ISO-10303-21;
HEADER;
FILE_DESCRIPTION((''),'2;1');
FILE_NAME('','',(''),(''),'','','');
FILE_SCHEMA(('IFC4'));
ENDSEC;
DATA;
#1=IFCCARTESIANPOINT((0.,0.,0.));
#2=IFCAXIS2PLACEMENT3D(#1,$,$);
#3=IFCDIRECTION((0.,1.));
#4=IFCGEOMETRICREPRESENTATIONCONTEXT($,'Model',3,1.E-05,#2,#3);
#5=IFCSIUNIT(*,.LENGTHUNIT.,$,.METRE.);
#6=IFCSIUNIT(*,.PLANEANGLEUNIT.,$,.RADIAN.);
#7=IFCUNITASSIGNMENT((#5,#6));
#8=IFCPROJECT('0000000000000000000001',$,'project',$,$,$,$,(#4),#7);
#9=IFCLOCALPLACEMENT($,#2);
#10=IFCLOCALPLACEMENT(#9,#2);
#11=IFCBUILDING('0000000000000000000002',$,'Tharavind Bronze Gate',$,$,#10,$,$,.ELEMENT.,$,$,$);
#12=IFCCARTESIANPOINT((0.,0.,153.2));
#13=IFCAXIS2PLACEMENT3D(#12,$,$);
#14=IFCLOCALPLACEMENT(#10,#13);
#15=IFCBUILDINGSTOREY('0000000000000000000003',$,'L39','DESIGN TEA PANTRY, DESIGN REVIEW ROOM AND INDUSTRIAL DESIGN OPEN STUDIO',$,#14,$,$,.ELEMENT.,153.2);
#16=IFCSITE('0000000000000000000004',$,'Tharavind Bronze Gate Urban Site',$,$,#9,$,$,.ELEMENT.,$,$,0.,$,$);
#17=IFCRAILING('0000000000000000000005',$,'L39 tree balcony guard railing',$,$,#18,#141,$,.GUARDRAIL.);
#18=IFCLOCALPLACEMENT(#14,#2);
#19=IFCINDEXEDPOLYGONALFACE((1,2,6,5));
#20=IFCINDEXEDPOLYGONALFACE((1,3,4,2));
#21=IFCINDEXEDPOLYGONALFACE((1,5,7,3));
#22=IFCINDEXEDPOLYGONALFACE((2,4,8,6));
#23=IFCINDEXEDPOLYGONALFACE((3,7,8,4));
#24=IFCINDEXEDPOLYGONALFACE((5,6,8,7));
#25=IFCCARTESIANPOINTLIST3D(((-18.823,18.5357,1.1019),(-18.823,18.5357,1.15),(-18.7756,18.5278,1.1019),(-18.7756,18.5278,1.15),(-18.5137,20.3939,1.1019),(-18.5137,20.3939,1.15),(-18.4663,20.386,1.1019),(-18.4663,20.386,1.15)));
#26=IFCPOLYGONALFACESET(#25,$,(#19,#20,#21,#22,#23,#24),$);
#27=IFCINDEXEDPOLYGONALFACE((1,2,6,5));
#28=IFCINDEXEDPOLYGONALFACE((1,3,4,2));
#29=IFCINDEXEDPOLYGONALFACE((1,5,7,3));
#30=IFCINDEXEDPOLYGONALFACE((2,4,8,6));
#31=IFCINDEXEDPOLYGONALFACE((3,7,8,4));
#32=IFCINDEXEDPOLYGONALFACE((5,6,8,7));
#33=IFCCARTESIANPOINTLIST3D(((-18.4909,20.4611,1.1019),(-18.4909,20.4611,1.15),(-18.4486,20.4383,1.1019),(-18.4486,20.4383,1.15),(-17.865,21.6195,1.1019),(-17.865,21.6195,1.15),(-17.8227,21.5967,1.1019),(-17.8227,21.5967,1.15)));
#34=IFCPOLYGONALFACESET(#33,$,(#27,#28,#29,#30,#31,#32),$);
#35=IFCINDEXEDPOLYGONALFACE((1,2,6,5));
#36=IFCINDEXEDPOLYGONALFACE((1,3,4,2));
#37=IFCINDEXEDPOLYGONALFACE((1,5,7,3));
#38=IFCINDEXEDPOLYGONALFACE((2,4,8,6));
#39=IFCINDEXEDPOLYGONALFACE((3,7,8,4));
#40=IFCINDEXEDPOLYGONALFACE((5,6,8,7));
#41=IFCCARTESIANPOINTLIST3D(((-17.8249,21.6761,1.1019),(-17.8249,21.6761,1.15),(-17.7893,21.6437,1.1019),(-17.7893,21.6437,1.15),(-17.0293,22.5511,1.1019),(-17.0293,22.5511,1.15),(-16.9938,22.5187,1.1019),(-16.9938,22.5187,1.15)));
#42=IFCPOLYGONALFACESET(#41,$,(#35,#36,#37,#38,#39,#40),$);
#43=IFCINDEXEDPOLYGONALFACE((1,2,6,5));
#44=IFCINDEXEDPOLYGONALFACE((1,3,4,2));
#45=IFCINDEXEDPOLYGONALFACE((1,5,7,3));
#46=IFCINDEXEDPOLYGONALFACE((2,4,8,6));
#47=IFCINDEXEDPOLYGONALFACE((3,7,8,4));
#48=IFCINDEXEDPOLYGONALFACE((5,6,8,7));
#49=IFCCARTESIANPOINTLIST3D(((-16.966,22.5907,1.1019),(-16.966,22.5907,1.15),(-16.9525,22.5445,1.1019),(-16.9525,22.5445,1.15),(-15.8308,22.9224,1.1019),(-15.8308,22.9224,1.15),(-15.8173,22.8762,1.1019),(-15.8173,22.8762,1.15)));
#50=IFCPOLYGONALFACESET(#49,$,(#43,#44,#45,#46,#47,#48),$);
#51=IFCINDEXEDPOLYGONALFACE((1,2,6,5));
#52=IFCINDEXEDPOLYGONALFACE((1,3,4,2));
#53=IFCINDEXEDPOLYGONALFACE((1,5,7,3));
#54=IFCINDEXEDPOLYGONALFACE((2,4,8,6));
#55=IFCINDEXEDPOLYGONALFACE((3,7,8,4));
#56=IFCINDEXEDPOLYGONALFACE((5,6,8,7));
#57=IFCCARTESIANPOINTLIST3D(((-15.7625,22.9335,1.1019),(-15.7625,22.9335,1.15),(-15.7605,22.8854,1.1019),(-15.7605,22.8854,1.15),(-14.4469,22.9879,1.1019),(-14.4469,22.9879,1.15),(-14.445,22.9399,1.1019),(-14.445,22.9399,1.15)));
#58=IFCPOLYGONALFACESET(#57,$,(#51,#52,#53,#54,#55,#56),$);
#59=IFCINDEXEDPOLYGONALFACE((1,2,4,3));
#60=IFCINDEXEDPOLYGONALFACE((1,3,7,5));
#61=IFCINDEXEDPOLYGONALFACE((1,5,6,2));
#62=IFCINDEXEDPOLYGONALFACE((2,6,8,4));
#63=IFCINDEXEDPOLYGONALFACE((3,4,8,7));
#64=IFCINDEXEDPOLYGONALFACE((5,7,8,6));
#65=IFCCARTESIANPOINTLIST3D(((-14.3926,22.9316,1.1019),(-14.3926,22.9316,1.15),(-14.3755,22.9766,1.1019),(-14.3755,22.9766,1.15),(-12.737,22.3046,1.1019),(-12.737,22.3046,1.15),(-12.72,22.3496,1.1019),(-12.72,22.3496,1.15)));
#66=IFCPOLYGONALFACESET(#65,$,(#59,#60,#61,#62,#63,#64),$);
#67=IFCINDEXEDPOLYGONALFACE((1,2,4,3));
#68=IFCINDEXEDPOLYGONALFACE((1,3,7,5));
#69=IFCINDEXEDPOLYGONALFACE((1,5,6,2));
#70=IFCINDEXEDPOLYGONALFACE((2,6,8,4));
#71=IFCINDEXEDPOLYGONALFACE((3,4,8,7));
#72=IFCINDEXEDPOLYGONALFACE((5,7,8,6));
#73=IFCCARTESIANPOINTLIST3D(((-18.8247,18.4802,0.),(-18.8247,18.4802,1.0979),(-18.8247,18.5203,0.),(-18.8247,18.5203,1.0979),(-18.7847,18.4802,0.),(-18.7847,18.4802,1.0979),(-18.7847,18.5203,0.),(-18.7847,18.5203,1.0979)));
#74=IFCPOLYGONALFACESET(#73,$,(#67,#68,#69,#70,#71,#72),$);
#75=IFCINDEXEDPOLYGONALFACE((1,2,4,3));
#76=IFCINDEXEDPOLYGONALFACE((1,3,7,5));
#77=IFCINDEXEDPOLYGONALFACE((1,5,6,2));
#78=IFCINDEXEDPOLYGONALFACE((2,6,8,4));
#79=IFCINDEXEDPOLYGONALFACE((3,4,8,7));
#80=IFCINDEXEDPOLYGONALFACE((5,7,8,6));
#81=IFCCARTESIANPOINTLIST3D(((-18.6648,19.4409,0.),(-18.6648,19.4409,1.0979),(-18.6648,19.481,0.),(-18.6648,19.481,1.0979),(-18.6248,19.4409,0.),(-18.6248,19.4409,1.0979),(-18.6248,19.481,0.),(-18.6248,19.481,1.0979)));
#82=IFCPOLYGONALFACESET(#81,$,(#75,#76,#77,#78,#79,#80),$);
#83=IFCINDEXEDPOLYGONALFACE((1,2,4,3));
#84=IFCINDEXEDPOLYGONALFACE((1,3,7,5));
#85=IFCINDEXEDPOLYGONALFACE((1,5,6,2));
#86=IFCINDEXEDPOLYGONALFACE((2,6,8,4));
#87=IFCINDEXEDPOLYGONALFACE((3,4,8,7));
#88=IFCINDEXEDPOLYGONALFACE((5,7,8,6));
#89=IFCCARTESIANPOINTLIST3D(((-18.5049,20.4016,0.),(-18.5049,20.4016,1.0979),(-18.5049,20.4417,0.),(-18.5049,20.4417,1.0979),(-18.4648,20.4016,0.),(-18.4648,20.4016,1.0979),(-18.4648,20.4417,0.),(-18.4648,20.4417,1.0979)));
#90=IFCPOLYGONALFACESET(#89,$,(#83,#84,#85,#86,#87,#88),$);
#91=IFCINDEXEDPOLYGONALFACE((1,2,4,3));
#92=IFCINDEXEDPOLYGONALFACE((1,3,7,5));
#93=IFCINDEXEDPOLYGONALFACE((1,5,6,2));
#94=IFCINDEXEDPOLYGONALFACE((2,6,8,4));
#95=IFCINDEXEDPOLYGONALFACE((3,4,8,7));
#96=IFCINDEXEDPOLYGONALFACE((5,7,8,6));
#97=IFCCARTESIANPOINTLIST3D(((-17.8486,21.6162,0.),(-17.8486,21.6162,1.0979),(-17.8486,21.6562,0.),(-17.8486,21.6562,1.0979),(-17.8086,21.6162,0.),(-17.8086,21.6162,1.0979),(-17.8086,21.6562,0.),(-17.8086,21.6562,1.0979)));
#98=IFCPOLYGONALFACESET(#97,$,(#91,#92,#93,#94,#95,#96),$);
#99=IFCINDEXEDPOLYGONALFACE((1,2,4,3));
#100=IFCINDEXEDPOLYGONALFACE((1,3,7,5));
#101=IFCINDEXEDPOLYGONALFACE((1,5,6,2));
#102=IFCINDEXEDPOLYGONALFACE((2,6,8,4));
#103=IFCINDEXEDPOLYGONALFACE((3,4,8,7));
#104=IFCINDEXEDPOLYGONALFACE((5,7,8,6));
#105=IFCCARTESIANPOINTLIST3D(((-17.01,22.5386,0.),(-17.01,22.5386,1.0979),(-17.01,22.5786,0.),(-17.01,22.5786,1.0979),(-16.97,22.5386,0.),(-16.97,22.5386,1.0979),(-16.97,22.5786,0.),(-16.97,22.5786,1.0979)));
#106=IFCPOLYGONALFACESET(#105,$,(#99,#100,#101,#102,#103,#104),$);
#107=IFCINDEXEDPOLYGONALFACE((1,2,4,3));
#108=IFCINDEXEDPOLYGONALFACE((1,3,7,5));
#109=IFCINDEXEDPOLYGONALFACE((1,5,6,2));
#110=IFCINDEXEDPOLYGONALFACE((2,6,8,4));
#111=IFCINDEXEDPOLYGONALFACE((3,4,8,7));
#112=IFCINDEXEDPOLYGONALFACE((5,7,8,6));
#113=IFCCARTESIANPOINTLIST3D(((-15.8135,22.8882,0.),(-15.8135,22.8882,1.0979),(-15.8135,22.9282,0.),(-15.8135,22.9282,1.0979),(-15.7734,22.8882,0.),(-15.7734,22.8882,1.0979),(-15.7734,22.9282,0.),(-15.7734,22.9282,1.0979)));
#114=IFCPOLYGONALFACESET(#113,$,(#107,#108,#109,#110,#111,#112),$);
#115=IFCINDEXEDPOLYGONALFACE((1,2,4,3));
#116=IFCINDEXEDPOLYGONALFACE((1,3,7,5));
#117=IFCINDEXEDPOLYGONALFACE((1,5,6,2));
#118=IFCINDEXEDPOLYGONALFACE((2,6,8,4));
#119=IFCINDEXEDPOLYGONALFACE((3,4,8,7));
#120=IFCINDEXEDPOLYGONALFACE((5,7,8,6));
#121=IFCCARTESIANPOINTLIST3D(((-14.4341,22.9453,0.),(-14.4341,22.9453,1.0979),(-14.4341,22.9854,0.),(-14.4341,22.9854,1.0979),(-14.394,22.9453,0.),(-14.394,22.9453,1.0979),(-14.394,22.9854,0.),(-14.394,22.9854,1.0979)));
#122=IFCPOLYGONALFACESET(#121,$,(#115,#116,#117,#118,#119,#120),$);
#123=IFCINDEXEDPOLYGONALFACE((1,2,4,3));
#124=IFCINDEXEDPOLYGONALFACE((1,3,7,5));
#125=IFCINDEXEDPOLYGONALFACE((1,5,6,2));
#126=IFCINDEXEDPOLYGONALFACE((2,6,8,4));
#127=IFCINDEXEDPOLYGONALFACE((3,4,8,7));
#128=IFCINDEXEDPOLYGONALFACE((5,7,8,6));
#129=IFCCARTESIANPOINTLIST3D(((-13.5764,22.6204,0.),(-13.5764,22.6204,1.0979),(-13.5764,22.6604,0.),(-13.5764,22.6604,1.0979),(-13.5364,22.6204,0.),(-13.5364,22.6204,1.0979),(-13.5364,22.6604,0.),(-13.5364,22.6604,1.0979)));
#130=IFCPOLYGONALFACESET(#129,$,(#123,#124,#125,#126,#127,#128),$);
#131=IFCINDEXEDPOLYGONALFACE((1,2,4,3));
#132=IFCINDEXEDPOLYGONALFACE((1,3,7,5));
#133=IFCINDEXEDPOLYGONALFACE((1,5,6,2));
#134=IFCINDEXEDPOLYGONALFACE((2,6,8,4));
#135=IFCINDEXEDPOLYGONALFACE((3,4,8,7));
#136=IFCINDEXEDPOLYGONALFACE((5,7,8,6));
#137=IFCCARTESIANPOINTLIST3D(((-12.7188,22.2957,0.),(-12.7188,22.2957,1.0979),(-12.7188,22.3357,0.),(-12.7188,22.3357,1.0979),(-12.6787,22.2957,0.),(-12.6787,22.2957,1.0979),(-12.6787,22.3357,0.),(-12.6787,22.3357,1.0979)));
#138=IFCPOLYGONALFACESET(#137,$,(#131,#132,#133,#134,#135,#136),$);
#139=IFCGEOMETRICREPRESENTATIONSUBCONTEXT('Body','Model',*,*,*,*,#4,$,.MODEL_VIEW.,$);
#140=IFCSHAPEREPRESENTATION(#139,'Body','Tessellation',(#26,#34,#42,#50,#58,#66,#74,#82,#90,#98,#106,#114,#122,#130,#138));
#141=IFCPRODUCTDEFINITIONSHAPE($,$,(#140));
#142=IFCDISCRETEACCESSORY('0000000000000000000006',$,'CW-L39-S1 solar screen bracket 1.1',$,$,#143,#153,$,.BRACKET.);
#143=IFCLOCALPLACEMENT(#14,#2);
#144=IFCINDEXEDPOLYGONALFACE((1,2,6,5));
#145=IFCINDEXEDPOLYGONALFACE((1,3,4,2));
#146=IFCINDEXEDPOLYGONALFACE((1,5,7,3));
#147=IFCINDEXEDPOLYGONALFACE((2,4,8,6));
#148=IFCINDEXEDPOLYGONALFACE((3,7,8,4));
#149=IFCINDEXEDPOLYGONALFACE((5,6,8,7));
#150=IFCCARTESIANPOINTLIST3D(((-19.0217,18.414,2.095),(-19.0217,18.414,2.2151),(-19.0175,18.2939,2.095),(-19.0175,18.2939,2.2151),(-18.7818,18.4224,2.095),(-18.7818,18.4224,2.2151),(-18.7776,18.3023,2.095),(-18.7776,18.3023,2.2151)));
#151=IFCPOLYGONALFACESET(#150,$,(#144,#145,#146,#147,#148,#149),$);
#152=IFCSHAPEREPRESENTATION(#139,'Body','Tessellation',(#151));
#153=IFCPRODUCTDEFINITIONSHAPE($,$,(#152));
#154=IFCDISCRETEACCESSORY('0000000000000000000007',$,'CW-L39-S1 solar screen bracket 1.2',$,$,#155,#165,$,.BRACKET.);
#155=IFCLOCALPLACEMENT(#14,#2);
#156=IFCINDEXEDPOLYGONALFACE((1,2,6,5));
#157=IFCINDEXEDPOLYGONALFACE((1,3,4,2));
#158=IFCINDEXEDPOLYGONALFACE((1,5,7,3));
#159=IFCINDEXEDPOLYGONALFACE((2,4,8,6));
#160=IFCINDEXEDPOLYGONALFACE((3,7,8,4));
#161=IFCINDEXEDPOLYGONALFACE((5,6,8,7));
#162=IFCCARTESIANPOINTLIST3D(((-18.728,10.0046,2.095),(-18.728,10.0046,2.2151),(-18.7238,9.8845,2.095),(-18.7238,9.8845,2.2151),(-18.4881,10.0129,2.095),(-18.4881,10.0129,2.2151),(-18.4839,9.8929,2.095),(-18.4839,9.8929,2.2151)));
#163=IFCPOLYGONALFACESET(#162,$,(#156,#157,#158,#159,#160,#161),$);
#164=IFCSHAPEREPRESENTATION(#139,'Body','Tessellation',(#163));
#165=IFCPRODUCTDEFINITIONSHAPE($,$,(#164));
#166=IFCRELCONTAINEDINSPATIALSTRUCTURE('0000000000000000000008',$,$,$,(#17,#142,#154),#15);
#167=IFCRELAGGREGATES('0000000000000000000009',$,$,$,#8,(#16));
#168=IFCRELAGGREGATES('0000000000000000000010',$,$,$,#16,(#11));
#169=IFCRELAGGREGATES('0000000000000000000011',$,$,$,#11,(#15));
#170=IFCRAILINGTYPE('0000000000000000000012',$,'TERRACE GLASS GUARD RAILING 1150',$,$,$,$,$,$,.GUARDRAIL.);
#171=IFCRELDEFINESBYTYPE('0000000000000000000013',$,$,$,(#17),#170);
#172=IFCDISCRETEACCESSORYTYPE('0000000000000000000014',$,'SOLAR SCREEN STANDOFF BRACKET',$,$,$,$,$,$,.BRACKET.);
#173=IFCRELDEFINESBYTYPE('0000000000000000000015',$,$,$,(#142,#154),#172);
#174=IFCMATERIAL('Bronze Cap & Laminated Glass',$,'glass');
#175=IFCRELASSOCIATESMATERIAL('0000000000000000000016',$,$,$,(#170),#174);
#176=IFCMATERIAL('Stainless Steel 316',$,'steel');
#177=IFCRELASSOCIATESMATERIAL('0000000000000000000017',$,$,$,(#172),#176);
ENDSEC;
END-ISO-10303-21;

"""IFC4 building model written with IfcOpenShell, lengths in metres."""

from ifc_helpers import new_model, si_unit, direction, frame, origin, origin_2d, place, context, subcontext, project, spatial, rectangle, extrude, material, type_object, element, save


model = new_model("IFC4")

# Units and contexts
model_context = context("Model", 3, precision=1e-05, world=origin(), true_north=direction((0.0, 1.0)))
body_context = subcontext(model_context, "Body", "Model", "MODEL_VIEW")
ifc_project = project(units=[si_unit("LENGTHUNIT", "METRE"), si_unit("PLANEANGLEUNIT", "RADIAN")], contexts=[model_context])

# Site, building, storey
site_placement = place(None, origin())
site = spatial("IfcSite", under=ifc_project, at=site_placement, Name="Tharavind Bronze Gate Urban Site", CompositionType="ELEMENT", RefElevation=0.0)
building_placement = place(site_placement, origin())
building = spatial("IfcBuilding", under=site, at=building_placement, Name="Tharavind Bronze Gate", CompositionType="ELEMENT")
storey_placement = place(building_placement, frame((0.0, 0.0, 153.2)))
storey = spatial("IfcBuildingStorey", under=building, at=storey_placement, Name="L39", Description="DESIGN TEA PANTRY, DESIGN REVIEW ROOM AND INDUSTRIAL DESIGN OPEN STUDIO", CompositionType="ELEMENT", Elevation=153.2)

# Railing
ifc_material_1 = material(Name="Bronze Cap & Laminated Glass", Category="glass")
railing_type = type_object("IfcRailingType", Name="TERRACE GLASS GUARD RAILING 1150", PredefinedType="GUARDRAIL", material=ifc_material_1)
railing_placement = place(storey_placement, frame((-18.8047, 18.5002, 0.0)))
element("IfcRailing", 1, at=railing_placement, inside=storey, type_object=railing_type, Name="L39 tree balcony guard railing", PredefinedType="GUARDRAIL", context=body_context, shape_type="SweptSolid", body=[
    extrude(rectangle(XDim=0.0481, YDim=0.0481, at=origin_2d()), frame((0.0054, 0.0315, 1.126), z_axis=(0.164196, 0.986428, 0.0), x_axis=(-0.986428, 0.164196, 0.0)), (0.0, 0.0, 1.0), 1.8838),
    extrude(rectangle(XDim=0.0481, YDim=0.0481, at=origin_2d()), frame((0.335, 1.9495, 1.126), z_axis=(0.475354, 0.879794, 0.0), x_axis=(-0.879794, 0.475354, 0.0)), (0.0, 0.0, 1.0), 1.3167),
    extrude(rectangle(XDim=0.0481, YDim=0.0481, at=origin_2d()), frame((0.9976, 3.1597, 1.126), z_axis=(0.672722, 0.739896, 0.0), x_axis=(-0.739896, 0.672722, 0.0)), (0.0, 0.0, 1.0), 1.1826),
    extrude(rectangle(XDim=0.0481, YDim=0.0481, at=origin_2d()), frame((1.8455, 4.0674, 1.126), z_axis=(0.959866, 0.280459, 0.0), x_axis=(-0.280459, 0.959866, 0.0)), (0.0, 0.0, 1.0), 1.1826),
    extrude(rectangle(XDim=0.0481, YDim=0.0481, at=origin_2d()), frame((3.0432, 4.4092, 1.126), z_axis=(0.999143, 0.04138, 0.0), x_axis=(-0.04138, 0.999143, 0.0)), (0.0, 0.0, 1.0), 1.3167),
    extrude(rectangle(XDim=0.0481, YDim=0.0481, at=origin_2d()), frame((4.4207, 4.4539, 1.126), z_axis=(0.935175, -0.354185, 0.0), x_axis=(0.354185, 0.935175, 0.0)), (0.0, 0.0, 1.0), 1.7703),
    extrude(rectangle(XDim=0.04, YDim=0.04, at=origin_2d()), origin(), (0.0, 0.0, 1.0), 1.0979),
    extrude(rectangle(XDim=0.04, YDim=0.04, at=origin_2d()), frame((0.1599, 0.9607, 0.0)), (0.0, 0.0, 1.0), 1.0979),
    extrude(rectangle(XDim=0.04, YDim=0.04, at=origin_2d()), frame((0.3198, 1.9214, 0.0)), (0.0, 0.0, 1.0), 1.0979),
    extrude(rectangle(XDim=0.04, YDim=0.04, at=origin_2d()), frame((0.9761, 3.136, 0.0)), (0.0, 0.0, 1.0), 1.0979),
    extrude(rectangle(XDim=0.04, YDim=0.04, at=origin_2d()), frame((1.8147, 4.0583, 0.0)), (0.0, 0.0, 1.0), 1.0979),
    extrude(rectangle(XDim=0.04, YDim=0.04, at=origin_2d()), frame((3.0112, 4.408, 0.0)), (0.0, 0.0, 1.0), 1.0979),
    extrude(rectangle(XDim=0.04, YDim=0.04, at=origin_2d()), frame((4.3906, 4.4651, 0.0)), (0.0, 0.0, 1.0), 1.0979),
    extrude(rectangle(XDim=0.04, YDim=0.04, at=origin_2d()), frame((5.2483, 4.1401, 0.0)), (0.0, 0.0, 1.0), 1.0979),
    extrude(rectangle(XDim=0.04, YDim=0.04, at=origin_2d()), frame((6.106, 3.8154, 0.0)), (0.0, 0.0, 1.0), 1.0979),
])

# Discrete accessories
ifc_material_2 = material(Name="Stainless Steel 316", Category="steel")
discrete_accessory_type = type_object("IfcDiscreteAccessoryType", Name="SOLAR SCREEN STANDOFF BRACKET", PredefinedType="BRACKET", material=ifc_material_2)
for number, where, z_axis, x_axis, name in (
    (2, (-18.8997, 18.3582, 2.095), (0.0, 0.0, 1.0), (0.034899, -0.999391, 0.0), "CW-L39-S1 solar screen bracket 1.1"),
    (3, (-18.606, 9.9487, 2.095), (0.0, 0.0, 1.0), (0.034899, -0.999391, 0.0), "CW-L39-S1 solar screen bracket 1.2"),
):
    element("IfcDiscreteAccessory", number, at=place(storey_placement, frame(where, z_axis=z_axis, x_axis=x_axis)), inside=storey, type_object=discrete_accessory_type, Name=name, PredefinedType="BRACKET", context=body_context, shape_type="SweptSolid", body=[
        extrude(rectangle(XDim=0.1201, YDim=0.24, at=origin_2d()), origin(), (0.0, 0.0, 1.0), 0.1201),
    ])

save(model, "model.ifc")
